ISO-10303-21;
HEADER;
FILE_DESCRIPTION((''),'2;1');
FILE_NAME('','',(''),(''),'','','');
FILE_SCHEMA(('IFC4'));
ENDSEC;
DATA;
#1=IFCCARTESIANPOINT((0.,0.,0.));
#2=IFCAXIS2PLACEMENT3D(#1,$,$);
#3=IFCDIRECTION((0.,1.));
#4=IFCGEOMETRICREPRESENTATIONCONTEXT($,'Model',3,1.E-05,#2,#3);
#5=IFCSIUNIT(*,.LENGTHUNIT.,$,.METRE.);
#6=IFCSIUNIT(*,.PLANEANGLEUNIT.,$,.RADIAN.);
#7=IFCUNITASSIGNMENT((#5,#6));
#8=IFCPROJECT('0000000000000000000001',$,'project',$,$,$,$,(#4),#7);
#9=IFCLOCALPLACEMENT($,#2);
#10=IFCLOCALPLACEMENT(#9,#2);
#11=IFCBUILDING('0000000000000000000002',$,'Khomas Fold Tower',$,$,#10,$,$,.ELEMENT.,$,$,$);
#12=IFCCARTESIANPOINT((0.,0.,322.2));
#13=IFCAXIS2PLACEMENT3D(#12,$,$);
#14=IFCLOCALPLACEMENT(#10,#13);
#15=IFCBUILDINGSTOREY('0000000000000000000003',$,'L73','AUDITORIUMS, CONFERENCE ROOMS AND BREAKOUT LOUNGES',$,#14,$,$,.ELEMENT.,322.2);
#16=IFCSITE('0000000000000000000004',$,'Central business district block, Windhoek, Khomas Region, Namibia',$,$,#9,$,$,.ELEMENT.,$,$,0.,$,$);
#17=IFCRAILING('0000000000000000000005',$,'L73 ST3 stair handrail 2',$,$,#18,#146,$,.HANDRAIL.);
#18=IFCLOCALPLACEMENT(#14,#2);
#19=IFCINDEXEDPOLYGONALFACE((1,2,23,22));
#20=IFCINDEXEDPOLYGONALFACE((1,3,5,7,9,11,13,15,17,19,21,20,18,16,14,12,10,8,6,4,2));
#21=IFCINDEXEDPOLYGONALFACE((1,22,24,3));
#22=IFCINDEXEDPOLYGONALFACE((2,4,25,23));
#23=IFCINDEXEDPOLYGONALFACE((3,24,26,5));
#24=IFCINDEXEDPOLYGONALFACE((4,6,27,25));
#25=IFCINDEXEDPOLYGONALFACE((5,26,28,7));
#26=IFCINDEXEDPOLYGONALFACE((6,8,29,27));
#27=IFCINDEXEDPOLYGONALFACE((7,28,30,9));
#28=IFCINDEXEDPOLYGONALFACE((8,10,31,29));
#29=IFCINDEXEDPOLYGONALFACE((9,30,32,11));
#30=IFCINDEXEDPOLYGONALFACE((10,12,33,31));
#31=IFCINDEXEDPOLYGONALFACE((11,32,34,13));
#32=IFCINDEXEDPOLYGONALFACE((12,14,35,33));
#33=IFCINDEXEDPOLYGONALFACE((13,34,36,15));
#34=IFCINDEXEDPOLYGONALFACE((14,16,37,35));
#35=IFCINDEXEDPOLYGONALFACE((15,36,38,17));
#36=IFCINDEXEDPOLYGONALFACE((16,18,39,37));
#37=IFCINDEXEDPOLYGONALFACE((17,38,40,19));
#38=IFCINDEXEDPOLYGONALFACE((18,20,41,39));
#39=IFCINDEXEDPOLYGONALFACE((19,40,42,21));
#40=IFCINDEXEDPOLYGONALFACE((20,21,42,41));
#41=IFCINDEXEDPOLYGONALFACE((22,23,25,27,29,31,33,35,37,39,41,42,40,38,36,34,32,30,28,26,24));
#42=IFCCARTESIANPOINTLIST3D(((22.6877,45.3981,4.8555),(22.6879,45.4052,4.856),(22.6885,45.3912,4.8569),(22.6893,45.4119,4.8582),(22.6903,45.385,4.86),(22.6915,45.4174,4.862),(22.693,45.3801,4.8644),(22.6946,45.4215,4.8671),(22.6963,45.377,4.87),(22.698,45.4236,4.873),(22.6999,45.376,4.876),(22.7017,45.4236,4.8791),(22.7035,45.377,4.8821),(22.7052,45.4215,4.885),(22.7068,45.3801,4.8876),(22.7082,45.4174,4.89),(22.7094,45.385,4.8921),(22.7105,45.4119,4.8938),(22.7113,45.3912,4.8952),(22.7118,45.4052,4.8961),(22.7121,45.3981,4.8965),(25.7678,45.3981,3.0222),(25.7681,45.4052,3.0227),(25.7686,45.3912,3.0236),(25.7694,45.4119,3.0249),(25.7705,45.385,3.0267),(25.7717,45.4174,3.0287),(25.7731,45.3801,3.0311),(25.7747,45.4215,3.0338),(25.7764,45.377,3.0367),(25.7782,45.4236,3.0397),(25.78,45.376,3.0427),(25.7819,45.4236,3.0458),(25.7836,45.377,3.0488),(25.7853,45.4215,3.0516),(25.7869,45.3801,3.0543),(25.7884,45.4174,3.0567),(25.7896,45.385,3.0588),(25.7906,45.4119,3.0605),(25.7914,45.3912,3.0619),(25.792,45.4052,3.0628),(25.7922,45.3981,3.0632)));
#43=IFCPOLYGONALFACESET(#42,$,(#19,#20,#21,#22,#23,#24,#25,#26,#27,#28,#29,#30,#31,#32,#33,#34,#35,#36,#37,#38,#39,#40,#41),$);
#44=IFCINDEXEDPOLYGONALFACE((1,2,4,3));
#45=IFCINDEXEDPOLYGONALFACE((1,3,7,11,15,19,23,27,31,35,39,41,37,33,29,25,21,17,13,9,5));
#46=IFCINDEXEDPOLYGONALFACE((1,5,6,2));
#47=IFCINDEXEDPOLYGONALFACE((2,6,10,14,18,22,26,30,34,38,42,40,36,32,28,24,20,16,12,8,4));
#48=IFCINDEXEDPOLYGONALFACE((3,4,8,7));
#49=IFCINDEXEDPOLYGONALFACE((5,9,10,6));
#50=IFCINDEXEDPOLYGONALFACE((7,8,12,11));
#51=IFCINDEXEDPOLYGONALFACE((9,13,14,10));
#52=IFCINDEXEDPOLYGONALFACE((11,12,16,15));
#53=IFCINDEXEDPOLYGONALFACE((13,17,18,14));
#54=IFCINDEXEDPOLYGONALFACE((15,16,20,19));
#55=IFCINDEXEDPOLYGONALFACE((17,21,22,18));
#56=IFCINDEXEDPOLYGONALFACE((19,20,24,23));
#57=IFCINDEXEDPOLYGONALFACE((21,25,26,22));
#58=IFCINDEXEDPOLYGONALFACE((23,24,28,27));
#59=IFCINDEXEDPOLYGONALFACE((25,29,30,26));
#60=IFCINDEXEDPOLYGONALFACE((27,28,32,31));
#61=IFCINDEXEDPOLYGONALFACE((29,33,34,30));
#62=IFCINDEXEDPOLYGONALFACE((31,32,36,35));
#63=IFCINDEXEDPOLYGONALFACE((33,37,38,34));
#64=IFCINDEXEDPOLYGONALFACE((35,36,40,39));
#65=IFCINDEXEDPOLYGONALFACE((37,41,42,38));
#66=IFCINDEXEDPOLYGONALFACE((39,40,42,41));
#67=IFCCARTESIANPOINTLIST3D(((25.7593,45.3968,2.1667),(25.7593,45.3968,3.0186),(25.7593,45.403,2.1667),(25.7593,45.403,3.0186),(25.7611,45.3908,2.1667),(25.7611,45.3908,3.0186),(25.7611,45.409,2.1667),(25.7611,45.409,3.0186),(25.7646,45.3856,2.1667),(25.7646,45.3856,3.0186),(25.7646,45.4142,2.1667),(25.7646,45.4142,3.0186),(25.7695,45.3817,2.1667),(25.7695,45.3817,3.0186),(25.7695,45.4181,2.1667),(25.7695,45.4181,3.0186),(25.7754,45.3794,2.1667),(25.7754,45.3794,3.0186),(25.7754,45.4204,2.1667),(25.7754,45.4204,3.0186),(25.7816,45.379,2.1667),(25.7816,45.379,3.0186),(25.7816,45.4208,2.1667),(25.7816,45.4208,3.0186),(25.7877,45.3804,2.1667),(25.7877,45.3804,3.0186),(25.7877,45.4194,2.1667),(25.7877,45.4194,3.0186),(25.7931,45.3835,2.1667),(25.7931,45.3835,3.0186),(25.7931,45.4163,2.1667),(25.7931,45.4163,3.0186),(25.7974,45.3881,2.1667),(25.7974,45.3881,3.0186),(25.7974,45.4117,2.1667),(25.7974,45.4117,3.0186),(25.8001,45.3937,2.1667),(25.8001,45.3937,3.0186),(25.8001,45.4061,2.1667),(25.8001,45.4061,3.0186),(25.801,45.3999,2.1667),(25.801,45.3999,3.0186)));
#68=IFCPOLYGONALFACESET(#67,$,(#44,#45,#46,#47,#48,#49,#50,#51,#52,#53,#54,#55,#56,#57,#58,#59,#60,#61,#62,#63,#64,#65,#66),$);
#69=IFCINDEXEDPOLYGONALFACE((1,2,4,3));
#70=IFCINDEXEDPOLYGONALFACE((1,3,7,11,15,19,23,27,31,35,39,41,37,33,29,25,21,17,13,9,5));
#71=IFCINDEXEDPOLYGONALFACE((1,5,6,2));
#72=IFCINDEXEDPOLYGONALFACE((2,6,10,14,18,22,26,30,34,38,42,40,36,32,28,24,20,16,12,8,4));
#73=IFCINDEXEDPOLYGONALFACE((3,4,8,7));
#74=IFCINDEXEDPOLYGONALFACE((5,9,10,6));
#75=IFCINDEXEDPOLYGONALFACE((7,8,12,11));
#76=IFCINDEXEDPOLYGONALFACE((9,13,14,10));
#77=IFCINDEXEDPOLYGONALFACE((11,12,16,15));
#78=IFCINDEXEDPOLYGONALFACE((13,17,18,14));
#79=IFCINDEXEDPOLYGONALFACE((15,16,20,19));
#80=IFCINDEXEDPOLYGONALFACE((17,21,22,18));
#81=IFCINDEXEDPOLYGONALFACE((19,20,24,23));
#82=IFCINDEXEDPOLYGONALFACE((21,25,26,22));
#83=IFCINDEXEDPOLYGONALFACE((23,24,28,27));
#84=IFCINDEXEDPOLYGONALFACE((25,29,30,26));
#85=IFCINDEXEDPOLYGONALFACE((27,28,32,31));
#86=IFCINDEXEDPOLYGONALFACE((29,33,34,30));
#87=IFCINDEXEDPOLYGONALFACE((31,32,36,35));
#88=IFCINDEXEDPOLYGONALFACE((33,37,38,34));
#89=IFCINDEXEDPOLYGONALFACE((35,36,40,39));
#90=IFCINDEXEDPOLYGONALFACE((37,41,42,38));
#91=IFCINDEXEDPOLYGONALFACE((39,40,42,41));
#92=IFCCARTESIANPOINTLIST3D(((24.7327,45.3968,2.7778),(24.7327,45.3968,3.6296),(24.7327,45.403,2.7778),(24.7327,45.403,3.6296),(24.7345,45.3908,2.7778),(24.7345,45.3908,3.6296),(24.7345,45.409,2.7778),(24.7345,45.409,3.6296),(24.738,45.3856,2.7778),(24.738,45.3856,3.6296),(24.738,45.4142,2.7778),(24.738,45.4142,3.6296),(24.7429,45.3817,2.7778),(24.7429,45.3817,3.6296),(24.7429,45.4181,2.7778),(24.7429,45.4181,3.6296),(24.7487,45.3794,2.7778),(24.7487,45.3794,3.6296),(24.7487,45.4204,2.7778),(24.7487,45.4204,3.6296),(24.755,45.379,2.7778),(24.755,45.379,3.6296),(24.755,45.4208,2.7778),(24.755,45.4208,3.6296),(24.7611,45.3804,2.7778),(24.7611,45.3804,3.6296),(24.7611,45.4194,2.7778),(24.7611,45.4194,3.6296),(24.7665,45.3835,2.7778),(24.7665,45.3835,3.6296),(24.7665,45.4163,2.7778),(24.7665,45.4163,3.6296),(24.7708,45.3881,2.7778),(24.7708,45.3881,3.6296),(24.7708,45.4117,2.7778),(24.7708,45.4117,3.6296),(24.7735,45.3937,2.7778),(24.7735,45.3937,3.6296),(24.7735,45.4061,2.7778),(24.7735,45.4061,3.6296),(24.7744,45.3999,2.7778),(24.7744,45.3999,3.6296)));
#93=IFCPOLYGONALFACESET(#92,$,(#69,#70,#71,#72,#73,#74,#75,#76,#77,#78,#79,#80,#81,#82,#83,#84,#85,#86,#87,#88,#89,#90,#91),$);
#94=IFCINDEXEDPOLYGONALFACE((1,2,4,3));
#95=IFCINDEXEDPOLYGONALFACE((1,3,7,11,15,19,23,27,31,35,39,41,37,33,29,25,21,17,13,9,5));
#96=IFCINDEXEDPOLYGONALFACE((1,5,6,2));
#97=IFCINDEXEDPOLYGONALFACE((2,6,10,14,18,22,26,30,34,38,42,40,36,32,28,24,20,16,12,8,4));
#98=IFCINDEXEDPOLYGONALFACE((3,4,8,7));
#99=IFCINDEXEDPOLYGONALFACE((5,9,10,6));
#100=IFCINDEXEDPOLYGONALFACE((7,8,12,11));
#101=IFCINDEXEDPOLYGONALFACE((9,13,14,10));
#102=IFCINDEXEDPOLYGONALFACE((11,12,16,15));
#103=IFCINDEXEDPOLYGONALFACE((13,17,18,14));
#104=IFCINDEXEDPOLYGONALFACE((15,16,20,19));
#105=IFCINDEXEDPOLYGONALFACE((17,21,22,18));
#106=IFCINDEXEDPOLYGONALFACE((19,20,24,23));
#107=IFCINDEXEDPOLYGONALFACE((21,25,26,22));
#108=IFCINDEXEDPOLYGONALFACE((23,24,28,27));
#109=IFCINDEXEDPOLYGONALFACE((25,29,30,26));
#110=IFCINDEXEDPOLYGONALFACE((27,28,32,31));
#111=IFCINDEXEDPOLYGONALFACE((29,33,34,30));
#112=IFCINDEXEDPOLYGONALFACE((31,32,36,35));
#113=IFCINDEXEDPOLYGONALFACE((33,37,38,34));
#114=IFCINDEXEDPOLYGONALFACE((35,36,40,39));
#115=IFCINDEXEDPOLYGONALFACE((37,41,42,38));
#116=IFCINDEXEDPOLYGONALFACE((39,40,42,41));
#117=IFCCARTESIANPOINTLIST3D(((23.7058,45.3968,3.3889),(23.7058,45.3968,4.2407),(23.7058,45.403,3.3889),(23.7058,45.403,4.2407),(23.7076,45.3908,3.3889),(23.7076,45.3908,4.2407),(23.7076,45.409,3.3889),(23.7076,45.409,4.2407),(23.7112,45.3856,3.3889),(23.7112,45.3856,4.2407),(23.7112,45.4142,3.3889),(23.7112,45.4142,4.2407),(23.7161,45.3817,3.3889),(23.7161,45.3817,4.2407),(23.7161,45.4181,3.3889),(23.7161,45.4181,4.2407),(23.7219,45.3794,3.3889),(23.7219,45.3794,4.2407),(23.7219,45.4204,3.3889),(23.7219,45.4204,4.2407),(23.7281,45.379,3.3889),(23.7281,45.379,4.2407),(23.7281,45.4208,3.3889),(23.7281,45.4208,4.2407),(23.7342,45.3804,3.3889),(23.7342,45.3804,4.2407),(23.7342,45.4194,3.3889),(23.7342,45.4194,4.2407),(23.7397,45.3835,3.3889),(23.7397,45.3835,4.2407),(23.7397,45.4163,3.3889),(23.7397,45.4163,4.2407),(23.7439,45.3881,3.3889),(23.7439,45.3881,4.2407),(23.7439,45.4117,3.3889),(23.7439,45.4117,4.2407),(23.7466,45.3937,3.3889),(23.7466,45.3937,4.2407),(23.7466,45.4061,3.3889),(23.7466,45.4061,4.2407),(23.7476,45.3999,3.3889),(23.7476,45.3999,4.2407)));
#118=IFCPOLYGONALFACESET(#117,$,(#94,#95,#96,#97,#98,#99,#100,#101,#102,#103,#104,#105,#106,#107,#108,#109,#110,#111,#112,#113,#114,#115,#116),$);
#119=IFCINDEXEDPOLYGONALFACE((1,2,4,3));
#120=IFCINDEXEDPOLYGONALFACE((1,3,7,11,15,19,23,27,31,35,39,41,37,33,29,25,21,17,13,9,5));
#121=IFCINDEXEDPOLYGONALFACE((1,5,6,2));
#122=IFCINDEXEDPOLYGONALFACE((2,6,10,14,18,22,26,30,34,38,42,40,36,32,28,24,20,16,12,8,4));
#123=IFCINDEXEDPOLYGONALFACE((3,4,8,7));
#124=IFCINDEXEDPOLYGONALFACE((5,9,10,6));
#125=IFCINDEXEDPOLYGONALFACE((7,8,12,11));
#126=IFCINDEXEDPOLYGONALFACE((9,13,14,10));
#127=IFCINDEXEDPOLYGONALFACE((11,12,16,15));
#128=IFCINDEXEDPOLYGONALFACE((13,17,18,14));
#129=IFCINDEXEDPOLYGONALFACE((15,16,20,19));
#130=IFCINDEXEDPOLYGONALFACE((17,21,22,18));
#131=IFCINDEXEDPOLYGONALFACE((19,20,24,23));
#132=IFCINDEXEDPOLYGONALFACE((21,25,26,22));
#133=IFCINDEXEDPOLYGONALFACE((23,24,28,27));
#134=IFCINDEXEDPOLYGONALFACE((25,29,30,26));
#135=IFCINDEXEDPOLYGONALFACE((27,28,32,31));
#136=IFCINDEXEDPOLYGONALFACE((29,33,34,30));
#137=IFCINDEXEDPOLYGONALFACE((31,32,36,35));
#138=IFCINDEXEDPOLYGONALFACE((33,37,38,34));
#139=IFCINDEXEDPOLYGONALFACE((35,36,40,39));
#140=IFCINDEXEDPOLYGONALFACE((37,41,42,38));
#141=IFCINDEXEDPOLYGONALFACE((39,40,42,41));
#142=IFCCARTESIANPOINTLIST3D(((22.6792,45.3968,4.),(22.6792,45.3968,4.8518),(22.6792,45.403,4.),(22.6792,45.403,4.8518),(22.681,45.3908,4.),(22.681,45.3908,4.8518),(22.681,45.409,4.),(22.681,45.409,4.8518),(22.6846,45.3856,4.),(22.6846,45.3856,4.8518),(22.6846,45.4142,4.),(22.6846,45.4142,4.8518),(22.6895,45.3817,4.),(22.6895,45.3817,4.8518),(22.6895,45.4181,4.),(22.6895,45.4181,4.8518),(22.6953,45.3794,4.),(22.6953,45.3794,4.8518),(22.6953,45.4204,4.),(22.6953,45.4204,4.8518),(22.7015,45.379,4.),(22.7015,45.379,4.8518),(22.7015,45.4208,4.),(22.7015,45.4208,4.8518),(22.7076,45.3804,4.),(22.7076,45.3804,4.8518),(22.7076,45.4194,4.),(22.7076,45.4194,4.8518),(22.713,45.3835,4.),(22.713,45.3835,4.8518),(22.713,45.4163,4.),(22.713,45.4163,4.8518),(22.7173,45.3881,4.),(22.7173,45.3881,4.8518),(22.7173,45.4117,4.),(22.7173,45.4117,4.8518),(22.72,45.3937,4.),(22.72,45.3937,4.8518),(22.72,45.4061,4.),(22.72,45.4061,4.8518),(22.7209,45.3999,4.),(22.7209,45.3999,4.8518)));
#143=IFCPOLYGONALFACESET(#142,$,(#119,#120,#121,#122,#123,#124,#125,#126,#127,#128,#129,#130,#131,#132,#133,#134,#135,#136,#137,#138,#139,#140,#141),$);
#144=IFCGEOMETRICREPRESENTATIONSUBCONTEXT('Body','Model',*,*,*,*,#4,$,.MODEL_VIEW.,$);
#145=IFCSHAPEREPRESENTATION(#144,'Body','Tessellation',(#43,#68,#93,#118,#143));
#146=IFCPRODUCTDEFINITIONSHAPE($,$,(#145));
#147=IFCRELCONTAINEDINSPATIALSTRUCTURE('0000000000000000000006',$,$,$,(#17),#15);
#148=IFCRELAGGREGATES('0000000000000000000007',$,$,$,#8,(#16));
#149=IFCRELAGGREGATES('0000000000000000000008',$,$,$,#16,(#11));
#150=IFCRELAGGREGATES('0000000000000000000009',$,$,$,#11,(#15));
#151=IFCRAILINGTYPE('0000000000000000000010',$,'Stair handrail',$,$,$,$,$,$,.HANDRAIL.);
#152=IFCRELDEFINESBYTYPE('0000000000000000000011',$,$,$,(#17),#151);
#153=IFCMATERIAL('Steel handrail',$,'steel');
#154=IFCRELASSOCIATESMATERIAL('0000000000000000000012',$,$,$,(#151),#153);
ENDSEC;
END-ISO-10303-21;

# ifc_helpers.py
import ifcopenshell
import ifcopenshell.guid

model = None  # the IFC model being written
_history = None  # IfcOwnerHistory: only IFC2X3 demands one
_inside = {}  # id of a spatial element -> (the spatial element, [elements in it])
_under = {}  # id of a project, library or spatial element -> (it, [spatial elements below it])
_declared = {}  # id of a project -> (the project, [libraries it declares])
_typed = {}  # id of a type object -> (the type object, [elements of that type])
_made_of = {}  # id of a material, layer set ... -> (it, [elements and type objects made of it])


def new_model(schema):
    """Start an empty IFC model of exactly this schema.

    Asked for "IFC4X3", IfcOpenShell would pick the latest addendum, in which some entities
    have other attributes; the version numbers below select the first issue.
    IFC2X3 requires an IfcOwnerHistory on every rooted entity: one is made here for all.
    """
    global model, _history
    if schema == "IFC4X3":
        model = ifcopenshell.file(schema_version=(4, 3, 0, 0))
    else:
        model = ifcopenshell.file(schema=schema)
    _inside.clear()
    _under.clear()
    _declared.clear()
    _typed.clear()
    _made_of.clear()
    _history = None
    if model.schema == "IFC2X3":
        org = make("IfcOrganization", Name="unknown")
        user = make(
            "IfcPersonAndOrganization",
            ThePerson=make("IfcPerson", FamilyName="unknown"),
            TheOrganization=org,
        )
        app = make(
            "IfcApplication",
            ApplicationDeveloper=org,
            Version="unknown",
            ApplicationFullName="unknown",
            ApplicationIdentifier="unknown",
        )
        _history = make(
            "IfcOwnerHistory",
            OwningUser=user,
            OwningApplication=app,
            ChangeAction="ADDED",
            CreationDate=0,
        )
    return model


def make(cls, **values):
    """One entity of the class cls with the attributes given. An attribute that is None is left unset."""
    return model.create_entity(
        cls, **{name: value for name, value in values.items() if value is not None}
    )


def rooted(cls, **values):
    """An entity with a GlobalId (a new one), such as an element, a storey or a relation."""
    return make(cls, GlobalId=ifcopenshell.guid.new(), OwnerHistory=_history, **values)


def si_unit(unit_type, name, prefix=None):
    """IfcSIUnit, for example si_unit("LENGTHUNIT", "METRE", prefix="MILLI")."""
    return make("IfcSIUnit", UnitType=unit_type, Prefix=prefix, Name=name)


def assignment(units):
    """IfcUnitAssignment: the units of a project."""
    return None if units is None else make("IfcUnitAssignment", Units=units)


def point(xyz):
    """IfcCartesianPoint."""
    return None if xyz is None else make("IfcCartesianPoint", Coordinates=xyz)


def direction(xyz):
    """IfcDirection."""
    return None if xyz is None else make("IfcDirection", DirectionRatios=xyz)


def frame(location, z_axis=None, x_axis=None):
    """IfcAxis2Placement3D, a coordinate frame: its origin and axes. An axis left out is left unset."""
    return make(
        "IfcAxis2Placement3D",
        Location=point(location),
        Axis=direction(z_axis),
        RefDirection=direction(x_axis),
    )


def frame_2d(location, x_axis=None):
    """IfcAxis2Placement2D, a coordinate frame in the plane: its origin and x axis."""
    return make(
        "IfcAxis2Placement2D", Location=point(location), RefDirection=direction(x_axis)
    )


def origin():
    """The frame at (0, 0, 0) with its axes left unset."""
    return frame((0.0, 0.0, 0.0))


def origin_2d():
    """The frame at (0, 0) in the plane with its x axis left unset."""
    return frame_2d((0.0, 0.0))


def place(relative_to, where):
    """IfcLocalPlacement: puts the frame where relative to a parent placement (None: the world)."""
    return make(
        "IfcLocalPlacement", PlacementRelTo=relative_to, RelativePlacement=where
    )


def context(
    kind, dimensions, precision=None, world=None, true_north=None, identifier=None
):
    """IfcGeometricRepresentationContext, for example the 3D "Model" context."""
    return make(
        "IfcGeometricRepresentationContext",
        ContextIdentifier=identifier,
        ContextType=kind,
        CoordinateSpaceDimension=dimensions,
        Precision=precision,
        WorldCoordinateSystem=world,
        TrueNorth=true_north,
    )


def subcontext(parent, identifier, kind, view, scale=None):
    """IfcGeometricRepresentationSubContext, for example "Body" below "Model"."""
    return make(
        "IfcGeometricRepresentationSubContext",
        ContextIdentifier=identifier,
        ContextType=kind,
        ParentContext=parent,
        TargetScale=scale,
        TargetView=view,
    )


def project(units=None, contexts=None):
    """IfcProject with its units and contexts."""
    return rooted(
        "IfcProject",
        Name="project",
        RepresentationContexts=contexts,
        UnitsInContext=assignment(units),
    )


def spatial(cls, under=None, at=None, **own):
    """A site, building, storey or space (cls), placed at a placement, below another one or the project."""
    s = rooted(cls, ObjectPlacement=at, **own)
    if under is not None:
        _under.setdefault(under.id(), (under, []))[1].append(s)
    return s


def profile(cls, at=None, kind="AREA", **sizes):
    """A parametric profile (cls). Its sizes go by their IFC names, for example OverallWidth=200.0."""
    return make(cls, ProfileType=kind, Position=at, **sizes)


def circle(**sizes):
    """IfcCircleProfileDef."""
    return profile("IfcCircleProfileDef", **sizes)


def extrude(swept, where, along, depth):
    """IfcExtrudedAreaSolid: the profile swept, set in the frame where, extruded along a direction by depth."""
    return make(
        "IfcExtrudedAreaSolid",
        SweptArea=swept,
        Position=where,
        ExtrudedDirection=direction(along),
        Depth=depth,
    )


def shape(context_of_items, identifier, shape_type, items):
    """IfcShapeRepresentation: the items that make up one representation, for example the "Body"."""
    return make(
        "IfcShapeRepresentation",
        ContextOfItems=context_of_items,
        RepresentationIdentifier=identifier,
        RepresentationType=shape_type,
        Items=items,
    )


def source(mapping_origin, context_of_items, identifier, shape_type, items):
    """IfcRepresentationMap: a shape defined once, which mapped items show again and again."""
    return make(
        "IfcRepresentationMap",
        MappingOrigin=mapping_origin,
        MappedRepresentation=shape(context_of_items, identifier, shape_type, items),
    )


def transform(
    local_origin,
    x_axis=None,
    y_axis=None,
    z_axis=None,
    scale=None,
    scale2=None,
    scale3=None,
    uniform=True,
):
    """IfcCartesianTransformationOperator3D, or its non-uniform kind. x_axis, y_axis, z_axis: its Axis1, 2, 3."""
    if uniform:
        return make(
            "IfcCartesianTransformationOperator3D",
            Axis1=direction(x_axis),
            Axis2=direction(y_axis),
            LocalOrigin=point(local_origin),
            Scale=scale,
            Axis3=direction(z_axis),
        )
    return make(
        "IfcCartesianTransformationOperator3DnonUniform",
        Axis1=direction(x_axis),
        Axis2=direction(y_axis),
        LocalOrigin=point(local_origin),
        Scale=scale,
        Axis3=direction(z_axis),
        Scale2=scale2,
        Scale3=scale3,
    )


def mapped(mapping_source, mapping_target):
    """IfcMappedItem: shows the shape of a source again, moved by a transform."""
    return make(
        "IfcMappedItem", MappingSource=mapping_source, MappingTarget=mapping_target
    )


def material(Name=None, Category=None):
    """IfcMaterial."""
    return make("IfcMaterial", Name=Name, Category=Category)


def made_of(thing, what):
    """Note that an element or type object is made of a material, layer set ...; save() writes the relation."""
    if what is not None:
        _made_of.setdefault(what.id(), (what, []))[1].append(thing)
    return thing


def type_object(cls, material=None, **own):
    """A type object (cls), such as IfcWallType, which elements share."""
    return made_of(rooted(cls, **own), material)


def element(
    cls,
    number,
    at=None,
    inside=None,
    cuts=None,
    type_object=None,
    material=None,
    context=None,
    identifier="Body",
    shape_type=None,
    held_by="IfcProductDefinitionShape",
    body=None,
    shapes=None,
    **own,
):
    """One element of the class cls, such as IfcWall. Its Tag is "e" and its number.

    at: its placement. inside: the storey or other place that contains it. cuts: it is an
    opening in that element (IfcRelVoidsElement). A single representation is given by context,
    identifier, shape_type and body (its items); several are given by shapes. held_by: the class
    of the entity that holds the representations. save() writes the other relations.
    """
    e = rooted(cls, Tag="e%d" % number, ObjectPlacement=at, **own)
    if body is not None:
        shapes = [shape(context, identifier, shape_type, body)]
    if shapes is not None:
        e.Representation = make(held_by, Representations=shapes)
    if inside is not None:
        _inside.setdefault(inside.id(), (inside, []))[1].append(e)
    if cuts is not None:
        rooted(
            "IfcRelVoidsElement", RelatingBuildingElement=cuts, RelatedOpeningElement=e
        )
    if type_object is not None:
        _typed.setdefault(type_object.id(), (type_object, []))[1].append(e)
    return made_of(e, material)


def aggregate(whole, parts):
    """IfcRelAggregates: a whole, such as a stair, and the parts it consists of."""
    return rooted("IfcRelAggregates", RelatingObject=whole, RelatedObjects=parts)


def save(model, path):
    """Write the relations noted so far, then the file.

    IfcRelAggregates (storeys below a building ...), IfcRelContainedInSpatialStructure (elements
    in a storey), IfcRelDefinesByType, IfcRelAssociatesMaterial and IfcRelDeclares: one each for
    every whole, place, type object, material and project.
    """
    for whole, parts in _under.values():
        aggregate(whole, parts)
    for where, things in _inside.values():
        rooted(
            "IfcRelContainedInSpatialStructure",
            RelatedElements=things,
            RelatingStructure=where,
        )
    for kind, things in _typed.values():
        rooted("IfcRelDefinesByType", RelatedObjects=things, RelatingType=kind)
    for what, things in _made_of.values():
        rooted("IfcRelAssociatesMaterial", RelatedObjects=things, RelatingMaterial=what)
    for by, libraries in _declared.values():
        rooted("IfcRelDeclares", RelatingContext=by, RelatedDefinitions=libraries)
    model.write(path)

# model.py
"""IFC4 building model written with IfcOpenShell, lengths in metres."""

from ifc_helpers import new_model, si_unit, direction, frame, origin, origin_2d, place, context, subcontext, project, spatial, circle, extrude, source, transform, mapped, material, type_object, element, save


model = new_model("IFC4")

# Units and contexts
model_context = context("Model", 3, precision=1e-05, world=origin(), true_north=direction((0.0, 1.0)))
body_context = subcontext(model_context, "Body", "Model", "MODEL_VIEW")
ifc_project = project(units=[si_unit("LENGTHUNIT", "METRE"), si_unit("PLANEANGLEUNIT", "RADIAN")], contexts=[model_context])

# Site, building, storey
site_placement = place(None, origin())
site = spatial("IfcSite", under=ifc_project, at=site_placement, Name="Central business district block, Windhoek, Khomas Region, Namibia", CompositionType="ELEMENT", RefElevation=0.0)
building_placement = place(site_placement, origin())
building = spatial("IfcBuilding", under=site, at=building_placement, Name="Khomas Fold Tower", CompositionType="ELEMENT")
storey_placement = place(building_placement, frame((0.0, 0.0, 322.2)))
storey = spatial("IfcBuildingStorey", under=building, at=storey_placement, Name="L73", Description="AUDITORIUMS, CONFERENCE ROOMS AND BREAKOUT LOUNGES", CompositionType="ELEMENT", Elevation=322.2)

# Railing
ifc_material_1 = material(Name="Steel handrail", Category="steel")
railing_type_1 = type_object("IfcRailingType", Name="Stair handrail", PredefinedType="HANDRAIL", material=ifc_material_1)
shared_shape_1 = source(origin(), body_context, "Body", "SweptSolid", [
    extrude(circle(Radius=0.0239, at=origin_2d()), frame((0.0, 0.0, 0.876), z_axis=(-0.859309, 0.0, 0.511458), x_axis=(0.0, -1.0, 0.0)), (0.0, 0.0, 1.0), 3.5845),
    extrude(circle(Radius=0.021, at=origin_2d()), origin(), (0.0, 0.0, 1.0), 0.8518),
    extrude(circle(Radius=0.021, at=origin_2d()), frame((-1.0266, 0.0, 0.6111)), (0.0, 0.0, 1.0), 0.8518),
    extrude(circle(Radius=0.021, at=origin_2d()), frame((-2.0535, 0.0, 1.2222)), (0.0, 0.0, 1.0), 0.8518),
    extrude(circle(Radius=0.021, at=origin_2d()), frame((-3.0801, 0.0, 1.8333)), (0.0, 0.0, 1.0), 0.8518),
])
railing_1_placement = place(storey_placement, frame((25.78, 45.3999, 2.1667)))
element("IfcRailing", 1, at=railing_1_placement, inside=storey, type_object=railing_type_1, Name="L73 ST3 stair handrail 2", PredefinedType="HANDRAIL", context=body_context, shape_type="MappedRepresentation", body=[
    mapped(shared_shape_1, transform((0.0, 0.0, 0.0))),
])

save(model, "model.ifc")
